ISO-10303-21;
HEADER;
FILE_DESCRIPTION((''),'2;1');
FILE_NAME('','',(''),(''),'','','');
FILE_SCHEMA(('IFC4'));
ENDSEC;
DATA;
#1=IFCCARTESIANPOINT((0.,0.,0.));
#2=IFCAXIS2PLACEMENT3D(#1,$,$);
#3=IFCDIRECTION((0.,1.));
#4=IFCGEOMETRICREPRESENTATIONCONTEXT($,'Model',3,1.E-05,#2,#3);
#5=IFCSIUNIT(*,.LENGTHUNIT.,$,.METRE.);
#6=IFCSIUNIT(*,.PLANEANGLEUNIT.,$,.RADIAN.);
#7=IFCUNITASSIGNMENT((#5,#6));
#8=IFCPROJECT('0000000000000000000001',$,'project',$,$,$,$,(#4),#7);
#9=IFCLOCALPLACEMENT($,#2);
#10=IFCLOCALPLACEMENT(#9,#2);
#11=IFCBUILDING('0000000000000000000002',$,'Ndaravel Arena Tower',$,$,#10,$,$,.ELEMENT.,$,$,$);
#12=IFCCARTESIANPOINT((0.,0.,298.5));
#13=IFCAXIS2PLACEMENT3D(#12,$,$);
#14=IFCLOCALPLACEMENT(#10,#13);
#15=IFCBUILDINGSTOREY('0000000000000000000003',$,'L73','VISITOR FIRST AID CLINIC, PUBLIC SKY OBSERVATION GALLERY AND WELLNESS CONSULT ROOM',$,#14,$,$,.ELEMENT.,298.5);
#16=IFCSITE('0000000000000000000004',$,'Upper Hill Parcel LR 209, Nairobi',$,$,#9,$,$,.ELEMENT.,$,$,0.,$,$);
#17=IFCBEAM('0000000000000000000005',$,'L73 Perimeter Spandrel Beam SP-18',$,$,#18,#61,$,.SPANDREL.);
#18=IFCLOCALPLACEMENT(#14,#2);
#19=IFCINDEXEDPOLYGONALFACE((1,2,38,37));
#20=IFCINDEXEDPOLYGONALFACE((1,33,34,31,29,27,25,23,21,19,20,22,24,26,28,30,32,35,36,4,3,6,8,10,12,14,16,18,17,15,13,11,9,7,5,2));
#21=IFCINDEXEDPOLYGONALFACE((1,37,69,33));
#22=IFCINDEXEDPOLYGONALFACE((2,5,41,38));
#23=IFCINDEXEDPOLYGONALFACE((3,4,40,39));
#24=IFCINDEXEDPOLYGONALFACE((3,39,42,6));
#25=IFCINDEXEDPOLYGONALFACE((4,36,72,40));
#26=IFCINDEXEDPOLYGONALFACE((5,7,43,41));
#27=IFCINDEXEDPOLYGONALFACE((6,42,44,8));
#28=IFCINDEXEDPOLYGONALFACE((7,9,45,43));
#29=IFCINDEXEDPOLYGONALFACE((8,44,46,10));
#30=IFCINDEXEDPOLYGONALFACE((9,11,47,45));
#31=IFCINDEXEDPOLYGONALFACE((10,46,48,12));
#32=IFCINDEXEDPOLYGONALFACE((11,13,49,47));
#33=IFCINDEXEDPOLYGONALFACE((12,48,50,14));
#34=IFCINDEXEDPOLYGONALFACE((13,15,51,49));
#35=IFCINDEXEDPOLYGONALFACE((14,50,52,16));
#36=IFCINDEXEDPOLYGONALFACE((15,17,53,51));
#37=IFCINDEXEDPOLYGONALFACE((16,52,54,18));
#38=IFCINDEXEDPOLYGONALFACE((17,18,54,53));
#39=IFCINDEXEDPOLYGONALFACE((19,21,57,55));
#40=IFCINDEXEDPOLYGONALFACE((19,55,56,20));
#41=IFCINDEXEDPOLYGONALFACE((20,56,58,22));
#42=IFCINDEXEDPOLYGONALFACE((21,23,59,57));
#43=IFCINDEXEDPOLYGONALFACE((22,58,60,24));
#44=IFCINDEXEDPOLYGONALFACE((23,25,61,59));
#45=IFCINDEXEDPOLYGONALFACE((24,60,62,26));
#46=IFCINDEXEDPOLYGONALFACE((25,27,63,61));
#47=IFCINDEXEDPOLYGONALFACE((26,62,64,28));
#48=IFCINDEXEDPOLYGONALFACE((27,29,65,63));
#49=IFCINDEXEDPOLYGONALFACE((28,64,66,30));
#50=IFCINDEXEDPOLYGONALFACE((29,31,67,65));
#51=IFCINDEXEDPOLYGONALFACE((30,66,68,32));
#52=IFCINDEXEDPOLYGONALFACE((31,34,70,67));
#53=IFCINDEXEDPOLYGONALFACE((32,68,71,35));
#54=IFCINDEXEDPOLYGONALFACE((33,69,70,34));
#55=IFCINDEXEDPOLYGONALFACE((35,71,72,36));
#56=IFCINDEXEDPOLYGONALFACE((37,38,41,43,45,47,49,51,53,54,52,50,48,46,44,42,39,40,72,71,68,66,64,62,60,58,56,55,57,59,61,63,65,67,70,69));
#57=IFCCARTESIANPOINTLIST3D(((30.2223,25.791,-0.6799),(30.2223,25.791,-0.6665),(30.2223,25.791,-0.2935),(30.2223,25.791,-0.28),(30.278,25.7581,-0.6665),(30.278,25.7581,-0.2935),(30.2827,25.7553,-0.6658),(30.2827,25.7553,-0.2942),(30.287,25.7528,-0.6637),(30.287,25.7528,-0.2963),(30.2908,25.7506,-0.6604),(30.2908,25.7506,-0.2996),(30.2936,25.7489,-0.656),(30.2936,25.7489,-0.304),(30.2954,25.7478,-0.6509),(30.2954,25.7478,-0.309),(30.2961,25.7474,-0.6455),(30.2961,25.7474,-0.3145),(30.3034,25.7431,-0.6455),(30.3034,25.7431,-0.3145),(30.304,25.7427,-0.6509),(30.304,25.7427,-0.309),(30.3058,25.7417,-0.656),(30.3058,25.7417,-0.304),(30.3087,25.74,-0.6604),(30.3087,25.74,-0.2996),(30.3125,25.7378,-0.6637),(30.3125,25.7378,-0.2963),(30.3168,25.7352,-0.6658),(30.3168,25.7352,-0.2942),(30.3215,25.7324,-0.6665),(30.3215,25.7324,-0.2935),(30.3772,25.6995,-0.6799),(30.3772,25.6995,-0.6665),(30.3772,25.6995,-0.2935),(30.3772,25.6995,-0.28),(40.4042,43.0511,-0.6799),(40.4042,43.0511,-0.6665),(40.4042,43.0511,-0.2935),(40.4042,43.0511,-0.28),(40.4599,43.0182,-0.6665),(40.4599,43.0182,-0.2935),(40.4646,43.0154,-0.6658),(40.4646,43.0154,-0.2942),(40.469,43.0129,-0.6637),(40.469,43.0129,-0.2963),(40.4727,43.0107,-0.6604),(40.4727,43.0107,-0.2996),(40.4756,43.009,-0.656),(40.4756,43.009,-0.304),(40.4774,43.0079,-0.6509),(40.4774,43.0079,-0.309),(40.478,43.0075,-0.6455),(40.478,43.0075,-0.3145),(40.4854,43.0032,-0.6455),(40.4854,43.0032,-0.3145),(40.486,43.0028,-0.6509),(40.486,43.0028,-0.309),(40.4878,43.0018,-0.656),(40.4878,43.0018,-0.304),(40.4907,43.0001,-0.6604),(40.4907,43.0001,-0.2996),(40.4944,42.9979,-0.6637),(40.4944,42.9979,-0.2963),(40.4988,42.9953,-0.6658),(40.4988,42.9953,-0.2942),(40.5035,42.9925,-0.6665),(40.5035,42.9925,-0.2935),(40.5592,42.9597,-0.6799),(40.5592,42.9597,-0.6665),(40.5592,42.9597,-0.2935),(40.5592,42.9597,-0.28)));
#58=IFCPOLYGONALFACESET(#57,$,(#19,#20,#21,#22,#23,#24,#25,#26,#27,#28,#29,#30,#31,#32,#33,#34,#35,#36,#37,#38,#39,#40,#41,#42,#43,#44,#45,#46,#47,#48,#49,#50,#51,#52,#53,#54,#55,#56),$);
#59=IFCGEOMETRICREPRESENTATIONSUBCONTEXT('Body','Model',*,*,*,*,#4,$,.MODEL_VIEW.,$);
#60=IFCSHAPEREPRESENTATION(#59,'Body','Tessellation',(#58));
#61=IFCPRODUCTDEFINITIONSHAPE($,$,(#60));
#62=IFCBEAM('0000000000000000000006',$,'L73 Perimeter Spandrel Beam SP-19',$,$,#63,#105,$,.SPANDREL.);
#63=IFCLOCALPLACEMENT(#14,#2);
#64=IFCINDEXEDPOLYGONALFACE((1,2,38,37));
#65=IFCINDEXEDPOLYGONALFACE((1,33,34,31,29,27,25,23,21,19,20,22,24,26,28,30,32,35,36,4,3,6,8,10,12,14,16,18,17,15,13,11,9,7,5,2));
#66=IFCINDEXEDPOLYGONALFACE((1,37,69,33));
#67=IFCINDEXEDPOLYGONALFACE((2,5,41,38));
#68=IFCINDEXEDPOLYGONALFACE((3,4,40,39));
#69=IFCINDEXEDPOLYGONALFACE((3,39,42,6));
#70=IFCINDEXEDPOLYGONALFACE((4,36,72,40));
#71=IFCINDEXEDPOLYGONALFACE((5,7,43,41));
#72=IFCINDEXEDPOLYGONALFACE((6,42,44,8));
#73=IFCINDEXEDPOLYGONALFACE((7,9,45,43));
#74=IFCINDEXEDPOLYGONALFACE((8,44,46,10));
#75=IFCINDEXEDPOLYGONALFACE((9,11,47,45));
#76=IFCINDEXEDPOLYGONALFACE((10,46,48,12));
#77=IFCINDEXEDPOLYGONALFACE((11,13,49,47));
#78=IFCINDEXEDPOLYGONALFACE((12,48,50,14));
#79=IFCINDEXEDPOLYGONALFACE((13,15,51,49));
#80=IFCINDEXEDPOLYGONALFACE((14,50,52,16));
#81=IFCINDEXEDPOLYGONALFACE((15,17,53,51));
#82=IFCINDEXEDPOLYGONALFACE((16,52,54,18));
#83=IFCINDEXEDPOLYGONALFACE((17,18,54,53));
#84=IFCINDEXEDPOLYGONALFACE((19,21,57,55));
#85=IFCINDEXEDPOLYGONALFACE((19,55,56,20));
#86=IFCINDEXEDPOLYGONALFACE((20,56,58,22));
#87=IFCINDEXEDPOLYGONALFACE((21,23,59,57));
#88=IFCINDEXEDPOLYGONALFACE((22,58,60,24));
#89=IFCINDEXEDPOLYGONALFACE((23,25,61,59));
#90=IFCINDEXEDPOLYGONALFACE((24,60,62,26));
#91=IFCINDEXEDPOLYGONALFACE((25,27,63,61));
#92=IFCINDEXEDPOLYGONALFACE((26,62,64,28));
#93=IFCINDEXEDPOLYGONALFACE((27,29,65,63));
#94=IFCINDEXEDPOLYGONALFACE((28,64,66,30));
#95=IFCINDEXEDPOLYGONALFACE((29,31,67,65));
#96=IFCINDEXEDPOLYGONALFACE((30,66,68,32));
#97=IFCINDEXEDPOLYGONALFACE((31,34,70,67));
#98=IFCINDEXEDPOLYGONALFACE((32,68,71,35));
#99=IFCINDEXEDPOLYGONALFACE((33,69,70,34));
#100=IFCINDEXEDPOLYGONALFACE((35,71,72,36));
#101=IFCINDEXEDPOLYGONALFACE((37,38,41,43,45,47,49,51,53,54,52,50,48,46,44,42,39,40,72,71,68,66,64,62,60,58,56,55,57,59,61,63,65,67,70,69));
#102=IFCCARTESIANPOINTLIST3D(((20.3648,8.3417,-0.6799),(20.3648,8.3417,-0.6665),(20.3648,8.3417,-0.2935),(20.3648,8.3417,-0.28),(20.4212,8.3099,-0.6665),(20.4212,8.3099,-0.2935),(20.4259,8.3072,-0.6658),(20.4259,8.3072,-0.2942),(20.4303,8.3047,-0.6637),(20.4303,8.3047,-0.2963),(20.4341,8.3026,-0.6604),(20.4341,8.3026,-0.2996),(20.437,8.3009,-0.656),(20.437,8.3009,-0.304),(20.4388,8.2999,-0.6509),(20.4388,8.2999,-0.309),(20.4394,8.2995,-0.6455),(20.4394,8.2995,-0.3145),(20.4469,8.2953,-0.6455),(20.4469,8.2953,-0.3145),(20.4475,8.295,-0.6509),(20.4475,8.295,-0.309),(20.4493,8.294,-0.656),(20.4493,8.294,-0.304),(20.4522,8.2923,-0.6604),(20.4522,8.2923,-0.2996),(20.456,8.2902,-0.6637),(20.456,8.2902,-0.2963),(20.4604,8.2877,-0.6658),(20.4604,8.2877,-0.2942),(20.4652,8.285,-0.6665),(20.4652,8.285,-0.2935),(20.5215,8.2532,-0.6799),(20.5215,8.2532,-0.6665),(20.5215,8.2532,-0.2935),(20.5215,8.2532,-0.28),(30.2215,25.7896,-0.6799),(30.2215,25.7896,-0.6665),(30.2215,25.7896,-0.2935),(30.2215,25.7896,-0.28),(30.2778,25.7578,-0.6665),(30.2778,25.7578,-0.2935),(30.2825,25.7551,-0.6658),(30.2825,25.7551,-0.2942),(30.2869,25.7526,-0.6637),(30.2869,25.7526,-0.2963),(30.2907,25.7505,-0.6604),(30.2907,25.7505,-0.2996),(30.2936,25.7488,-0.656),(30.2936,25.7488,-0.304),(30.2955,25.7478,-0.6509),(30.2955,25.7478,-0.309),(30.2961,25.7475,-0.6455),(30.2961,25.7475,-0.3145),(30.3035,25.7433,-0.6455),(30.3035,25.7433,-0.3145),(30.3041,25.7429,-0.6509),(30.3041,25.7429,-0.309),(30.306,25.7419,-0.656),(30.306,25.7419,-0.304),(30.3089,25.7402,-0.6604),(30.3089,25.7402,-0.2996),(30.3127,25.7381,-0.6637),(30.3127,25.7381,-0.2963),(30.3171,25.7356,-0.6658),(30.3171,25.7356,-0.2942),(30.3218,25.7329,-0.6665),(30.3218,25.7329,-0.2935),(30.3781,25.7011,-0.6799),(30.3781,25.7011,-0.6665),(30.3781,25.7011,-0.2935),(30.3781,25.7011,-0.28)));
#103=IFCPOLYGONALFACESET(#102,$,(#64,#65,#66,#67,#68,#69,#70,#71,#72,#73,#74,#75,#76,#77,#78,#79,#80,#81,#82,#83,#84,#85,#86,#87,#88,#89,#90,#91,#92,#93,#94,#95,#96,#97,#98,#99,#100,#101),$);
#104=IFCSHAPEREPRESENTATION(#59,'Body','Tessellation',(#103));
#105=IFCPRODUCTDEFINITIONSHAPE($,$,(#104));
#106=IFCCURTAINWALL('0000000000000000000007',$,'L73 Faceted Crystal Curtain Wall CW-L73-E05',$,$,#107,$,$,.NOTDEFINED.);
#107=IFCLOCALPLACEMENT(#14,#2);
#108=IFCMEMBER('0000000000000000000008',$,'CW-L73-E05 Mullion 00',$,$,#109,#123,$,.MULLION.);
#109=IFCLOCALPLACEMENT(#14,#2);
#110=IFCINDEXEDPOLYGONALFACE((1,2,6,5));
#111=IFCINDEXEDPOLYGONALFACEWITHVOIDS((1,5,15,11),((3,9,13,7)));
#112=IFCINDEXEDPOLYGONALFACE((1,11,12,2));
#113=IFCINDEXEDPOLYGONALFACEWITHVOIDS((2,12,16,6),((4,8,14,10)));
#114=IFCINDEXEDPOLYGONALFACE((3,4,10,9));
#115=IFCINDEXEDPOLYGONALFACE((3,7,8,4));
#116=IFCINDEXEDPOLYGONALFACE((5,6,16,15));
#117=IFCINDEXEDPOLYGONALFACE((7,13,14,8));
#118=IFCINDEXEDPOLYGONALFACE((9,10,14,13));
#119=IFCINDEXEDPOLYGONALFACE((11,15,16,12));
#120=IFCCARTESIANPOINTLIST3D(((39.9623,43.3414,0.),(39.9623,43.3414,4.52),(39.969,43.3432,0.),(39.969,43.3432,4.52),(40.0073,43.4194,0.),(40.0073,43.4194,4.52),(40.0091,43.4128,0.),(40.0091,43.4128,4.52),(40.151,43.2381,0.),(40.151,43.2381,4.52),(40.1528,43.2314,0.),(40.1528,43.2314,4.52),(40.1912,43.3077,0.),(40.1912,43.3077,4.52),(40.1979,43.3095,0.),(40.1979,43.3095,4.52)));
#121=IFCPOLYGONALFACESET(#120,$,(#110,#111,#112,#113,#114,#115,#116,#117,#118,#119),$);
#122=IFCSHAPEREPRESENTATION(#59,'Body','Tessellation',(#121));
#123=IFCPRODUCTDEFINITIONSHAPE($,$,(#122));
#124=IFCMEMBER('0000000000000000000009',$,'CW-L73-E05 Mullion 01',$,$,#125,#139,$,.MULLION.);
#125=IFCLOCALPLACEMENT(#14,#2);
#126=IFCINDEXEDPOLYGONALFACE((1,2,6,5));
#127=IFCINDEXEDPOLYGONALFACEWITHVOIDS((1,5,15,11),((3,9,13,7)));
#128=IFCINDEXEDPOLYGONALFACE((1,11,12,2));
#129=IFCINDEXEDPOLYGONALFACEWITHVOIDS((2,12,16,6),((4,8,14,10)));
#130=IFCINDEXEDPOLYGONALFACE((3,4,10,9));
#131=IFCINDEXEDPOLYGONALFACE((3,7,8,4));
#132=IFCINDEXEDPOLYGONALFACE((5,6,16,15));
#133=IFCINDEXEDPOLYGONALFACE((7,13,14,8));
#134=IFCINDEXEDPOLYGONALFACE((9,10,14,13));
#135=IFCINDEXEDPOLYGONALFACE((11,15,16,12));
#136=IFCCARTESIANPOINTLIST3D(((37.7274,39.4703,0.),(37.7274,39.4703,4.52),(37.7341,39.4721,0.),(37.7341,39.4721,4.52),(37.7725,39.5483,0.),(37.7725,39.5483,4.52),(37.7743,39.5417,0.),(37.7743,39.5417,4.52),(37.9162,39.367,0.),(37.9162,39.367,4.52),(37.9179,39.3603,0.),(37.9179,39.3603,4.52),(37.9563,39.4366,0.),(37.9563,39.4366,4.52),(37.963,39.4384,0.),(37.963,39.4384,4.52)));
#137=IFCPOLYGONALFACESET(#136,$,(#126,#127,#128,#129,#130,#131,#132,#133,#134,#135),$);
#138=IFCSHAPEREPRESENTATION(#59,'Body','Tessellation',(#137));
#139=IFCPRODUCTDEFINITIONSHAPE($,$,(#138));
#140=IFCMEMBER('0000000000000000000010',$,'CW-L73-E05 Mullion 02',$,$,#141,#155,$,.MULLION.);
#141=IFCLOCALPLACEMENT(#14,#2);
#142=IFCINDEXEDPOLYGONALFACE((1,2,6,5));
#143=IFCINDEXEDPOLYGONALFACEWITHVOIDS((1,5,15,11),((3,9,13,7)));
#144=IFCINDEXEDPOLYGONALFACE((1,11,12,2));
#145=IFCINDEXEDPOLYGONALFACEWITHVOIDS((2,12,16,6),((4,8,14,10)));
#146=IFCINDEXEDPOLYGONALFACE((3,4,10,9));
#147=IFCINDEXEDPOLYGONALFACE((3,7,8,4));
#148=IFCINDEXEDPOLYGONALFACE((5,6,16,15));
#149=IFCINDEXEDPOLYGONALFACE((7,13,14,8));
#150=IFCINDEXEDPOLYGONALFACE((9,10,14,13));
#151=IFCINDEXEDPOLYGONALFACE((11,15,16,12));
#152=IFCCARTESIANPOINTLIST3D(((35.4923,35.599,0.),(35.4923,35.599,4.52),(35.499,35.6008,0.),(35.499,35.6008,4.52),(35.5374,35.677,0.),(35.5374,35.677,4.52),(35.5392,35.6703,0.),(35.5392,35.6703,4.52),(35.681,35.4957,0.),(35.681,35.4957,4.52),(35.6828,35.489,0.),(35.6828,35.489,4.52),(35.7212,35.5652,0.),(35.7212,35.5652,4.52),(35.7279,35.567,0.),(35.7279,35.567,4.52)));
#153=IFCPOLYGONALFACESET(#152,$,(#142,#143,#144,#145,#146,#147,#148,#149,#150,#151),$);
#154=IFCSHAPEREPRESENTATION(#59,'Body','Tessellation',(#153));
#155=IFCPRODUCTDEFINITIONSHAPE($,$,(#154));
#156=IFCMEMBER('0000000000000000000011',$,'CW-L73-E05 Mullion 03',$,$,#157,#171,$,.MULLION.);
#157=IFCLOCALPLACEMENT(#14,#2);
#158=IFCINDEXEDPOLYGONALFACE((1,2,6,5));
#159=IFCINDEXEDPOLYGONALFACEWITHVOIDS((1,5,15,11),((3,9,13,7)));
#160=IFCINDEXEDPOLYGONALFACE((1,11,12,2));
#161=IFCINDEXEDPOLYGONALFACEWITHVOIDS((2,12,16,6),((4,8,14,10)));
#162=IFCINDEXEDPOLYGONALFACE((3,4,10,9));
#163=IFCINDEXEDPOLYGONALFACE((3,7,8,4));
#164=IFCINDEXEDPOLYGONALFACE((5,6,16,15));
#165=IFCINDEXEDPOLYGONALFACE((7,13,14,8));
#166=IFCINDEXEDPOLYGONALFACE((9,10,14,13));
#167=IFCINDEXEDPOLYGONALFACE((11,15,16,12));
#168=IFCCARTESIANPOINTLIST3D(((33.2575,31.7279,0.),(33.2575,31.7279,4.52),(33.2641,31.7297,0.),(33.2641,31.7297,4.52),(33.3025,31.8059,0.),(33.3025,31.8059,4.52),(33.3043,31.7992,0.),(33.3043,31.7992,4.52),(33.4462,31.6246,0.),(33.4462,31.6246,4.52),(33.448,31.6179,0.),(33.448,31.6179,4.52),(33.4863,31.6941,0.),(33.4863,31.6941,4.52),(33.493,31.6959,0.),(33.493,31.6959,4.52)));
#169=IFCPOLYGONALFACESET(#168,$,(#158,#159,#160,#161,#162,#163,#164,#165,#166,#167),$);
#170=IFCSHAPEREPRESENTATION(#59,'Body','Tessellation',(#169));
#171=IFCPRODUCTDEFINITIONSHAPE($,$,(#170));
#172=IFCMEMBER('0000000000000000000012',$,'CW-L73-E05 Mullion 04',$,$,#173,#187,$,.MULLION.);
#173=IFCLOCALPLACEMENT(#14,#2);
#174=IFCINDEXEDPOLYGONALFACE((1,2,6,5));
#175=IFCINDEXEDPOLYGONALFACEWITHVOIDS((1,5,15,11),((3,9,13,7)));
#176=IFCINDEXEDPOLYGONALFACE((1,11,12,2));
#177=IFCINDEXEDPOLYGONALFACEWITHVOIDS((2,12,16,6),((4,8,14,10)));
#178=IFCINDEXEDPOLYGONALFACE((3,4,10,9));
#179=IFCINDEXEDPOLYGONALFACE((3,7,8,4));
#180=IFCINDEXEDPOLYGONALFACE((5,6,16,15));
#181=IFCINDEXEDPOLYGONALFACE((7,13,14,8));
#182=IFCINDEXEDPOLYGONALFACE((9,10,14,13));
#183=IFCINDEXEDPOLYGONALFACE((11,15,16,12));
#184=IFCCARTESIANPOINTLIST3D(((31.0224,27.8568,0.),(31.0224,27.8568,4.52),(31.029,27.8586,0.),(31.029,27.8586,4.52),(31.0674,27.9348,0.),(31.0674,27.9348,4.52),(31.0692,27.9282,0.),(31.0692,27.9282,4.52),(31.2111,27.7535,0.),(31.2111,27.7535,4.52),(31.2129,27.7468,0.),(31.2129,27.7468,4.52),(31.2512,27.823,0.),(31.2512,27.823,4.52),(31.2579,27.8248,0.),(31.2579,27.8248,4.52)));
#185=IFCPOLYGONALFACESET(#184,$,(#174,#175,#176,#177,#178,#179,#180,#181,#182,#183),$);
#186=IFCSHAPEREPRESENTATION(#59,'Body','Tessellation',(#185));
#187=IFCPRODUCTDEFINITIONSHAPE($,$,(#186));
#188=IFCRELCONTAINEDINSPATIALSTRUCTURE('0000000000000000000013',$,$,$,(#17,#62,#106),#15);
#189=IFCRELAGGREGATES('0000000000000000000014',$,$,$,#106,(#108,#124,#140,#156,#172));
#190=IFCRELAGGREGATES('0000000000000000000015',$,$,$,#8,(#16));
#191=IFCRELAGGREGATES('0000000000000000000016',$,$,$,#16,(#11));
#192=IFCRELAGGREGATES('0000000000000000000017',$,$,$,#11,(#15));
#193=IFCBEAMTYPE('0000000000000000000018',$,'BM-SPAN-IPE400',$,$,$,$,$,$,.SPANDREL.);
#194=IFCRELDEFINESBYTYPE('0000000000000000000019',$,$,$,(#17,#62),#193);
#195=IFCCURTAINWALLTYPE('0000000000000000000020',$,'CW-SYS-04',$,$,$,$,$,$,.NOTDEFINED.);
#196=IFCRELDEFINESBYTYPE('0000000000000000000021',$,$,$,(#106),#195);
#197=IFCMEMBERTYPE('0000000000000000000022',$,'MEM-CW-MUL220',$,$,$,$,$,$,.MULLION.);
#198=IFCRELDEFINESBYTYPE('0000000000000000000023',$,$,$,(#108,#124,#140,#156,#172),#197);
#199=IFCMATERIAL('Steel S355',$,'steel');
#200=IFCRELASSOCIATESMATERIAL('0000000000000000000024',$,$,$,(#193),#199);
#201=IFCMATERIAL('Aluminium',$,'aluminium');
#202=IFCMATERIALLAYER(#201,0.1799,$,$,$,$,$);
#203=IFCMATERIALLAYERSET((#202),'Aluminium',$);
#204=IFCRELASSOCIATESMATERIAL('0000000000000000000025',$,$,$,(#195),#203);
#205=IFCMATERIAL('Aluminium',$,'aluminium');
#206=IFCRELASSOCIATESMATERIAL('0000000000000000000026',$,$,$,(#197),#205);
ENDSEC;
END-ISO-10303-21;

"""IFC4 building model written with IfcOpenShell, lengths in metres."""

from ifc_helpers import new_model, si_unit, direction, frame, origin, origin_2d, place, context, subcontext, project, spatial, hollow_rectangle, i_section, extrude, material, layer, layer_set, material_profile, profile_set, type_object, element, aggregate, save


model = new_model("IFC4")

# Units and contexts
model_context = context("Model", 3, precision=1e-05, world=origin(), true_north=direction((0.0, 1.0)))
body_context = subcontext(model_context, "Body", "Model", "MODEL_VIEW")
ifc_project = project(units=[si_unit("LENGTHUNIT", "METRE"), si_unit("PLANEANGLEUNIT", "RADIAN")], contexts=[model_context])

# Site, building, storey
site_placement = place(None, origin())
site = spatial("IfcSite", under=ifc_project, at=site_placement, Name="Upper Hill Parcel LR 209, Nairobi", CompositionType="ELEMENT", RefElevation=0.0)
building_placement = place(site_placement, origin())
building = spatial("IfcBuilding", under=site, at=building_placement, Name="Ndaravel Arena Tower", CompositionType="ELEMENT")
storey_placement = place(building_placement, frame((0.0, 0.0, 298.5)))
storey = spatial("IfcBuildingStorey", under=building, at=storey_placement, Name="L73", Description="VISITOR FIRST AID CLINIC, PUBLIC SKY OBSERVATION GALLERY AND WELLNESS CONSULT ROOM", CompositionType="ELEMENT", Elevation=298.5)

# Beams
ifc_material_1 = material(Name="Steel S355", Category="steel")
ifc_material_profile_1 = material_profile(ifc_material_1, i_section(OverallWidth=0.1799, OverallDepth=0.3999, WebThickness=0.0085, FlangeThickness=0.0134, FilletRadius=0.021, at=origin_2d()), Name="IPE 400")
ifc_profile_set_1 = profile_set([ifc_material_profile_1], Name="Steel S355")
beam_type_1 = type_object("IfcBeamType", Name="BM-SPAN-IPE400", PredefinedType="SPANDREL", material=ifc_profile_set_1)
for number, where, z_axis, x_axis, name in (
    (1, (40.4817, 43.0054, -0.48), (-0.508093, -0.861302, 0.0), (0.861302, -0.508093, 0.0), "L73 Perimeter Spandrel Beam SP-18"),
    (2, (30.2998, 25.7454, -0.48), (-0.49186, -0.870674, 0.0), (0.870674, -0.49186, 0.0), "L73 Perimeter Spandrel Beam SP-19"),
):
    element("IfcBeam", number, at=place(storey_placement, frame(where, z_axis=z_axis, x_axis=x_axis)), inside=storey, type_object=beam_type_1, Name=name, PredefinedType="SPANDREL", context=body_context, shape_type="SweptSolid", body=[
        extrude(i_section(OverallWidth=0.1799, OverallDepth=0.3999, WebThickness=0.0085, FlangeThickness=0.0134, FilletRadius=0.021, at=origin_2d()), origin(), (0.0, 0.0, 1.0), 20.0396),
    ])

# Curtain wall, members
ifc_material_2 = material(Name="Aluminium", Category="aluminium")
ifc_layer_1 = layer(ifc_material_2, 0.1799)
ifc_layer_set_1 = layer_set([ifc_layer_1], Name="Aluminium")
curtain_wall_type = type_object("IfcCurtainWallType", Name="CW-SYS-04", PredefinedType="NOTDEFINED", material=ifc_layer_set_1)
curtain_wall_1_placement = place(storey_placement, origin())
curtain_wall_1 = element("IfcCurtainWall", 3, at=curtain_wall_1_placement, inside=storey, type_object=curtain_wall_type, Name="L73 Faceted Crystal Curtain Wall CW-L73-E05", PredefinedType="NOTDEFINED")
ifc_material_3 = material(Name="Aluminium", Category="aluminium")
ifc_material_profile_2 = material_profile(ifc_material_3, hollow_rectangle(XDim=0.0901, YDim=0.22, WallThickness=0.0049, at=origin_2d()), Name="CW MULLION 90x220x5")
ifc_profile_set_2 = profile_set([ifc_material_profile_2], Name="Aluminium")
member_type_1 = type_object("IfcMemberType", Name="MEM-CW-MUL220", PredefinedType="MULLION", material=ifc_profile_set_2)
member_1_placement = place(storey_placement, frame((40.0801, 43.3254, 0.0), z_axis=(0.0, 0.0, 1.0), x_axis=(-0.5, -0.866025, 0.0)))
member_1 = element("IfcMember", 4, at=member_1_placement, type_object=member_type_1, Name="CW-L73-E05 Mullion 00", PredefinedType="MULLION", context=body_context, shape_type="SweptSolid", body=[
    extrude(hollow_rectangle(XDim=0.0901, YDim=0.22, WallThickness=0.0049, at=origin_2d()), origin(), (0.0, 0.0, 1.0), 4.52),
])
member_2_placement = place(storey_placement, frame((37.8452, 39.4543, 0.0), z_axis=(0.0, 0.0, 1.0), x_axis=(-0.5, -0.866025, 0.0)))
member_2 = element("IfcMember", 5, at=member_2_placement, type_object=member_type_1, Name="CW-L73-E05 Mullion 01", PredefinedType="MULLION", context=body_context, shape_type="SweptSolid", body=[
    extrude(hollow_rectangle(XDim=0.0901, YDim=0.22, WallThickness=0.0049, at=origin_2d()), origin(), (0.0, 0.0, 1.0), 4.52),
])
member_3_placement = place(storey_placement, frame((35.6101, 35.583, 0.0), z_axis=(0.0, 0.0, 1.0), x_axis=(-0.5, -0.866025, 0.0)))
member_3 = element("IfcMember", 6, at=member_3_placement, type_object=member_type_1, Name="CW-L73-E05 Mullion 02", PredefinedType="MULLION", context=body_context, shape_type="SweptSolid", body=[
    extrude(hollow_rectangle(XDim=0.0901, YDim=0.22, WallThickness=0.0049, at=origin_2d()), origin(), (0.0, 0.0, 1.0), 4.52),
])
member_4_placement = place(storey_placement, frame((33.3752, 31.7119, 0.0), z_axis=(0.0, 0.0, 1.0), x_axis=(-0.5, -0.866025, 0.0)))
member_4 = element("IfcMember", 7, at=member_4_placement, type_object=member_type_1, Name="CW-L73-E05 Mullion 03", PredefinedType="MULLION", context=body_context, shape_type="SweptSolid", body=[
    extrude(hollow_rectangle(XDim=0.0901, YDim=0.22, WallThickness=0.0049, at=origin_2d()), origin(), (0.0, 0.0, 1.0), 4.52),
])
member_5_placement = place(storey_placement, frame((31.1401, 27.8408, 0.0), z_axis=(0.0, 0.0, 1.0), x_axis=(-0.5, -0.866025, 0.0)))
member_5 = element("IfcMember", 8, at=member_5_placement, type_object=member_type_1, Name="CW-L73-E05 Mullion 04", PredefinedType="MULLION", context=body_context, shape_type="SweptSolid", body=[
    extrude(hollow_rectangle(XDim=0.0901, YDim=0.22, WallThickness=0.0049, at=origin_2d()), origin(), (0.0, 0.0, 1.0), 4.52),
])

aggregate(curtain_wall_1, [member_1, member_2, member_3, member_4, member_5])

save(model, "model.ifc")
